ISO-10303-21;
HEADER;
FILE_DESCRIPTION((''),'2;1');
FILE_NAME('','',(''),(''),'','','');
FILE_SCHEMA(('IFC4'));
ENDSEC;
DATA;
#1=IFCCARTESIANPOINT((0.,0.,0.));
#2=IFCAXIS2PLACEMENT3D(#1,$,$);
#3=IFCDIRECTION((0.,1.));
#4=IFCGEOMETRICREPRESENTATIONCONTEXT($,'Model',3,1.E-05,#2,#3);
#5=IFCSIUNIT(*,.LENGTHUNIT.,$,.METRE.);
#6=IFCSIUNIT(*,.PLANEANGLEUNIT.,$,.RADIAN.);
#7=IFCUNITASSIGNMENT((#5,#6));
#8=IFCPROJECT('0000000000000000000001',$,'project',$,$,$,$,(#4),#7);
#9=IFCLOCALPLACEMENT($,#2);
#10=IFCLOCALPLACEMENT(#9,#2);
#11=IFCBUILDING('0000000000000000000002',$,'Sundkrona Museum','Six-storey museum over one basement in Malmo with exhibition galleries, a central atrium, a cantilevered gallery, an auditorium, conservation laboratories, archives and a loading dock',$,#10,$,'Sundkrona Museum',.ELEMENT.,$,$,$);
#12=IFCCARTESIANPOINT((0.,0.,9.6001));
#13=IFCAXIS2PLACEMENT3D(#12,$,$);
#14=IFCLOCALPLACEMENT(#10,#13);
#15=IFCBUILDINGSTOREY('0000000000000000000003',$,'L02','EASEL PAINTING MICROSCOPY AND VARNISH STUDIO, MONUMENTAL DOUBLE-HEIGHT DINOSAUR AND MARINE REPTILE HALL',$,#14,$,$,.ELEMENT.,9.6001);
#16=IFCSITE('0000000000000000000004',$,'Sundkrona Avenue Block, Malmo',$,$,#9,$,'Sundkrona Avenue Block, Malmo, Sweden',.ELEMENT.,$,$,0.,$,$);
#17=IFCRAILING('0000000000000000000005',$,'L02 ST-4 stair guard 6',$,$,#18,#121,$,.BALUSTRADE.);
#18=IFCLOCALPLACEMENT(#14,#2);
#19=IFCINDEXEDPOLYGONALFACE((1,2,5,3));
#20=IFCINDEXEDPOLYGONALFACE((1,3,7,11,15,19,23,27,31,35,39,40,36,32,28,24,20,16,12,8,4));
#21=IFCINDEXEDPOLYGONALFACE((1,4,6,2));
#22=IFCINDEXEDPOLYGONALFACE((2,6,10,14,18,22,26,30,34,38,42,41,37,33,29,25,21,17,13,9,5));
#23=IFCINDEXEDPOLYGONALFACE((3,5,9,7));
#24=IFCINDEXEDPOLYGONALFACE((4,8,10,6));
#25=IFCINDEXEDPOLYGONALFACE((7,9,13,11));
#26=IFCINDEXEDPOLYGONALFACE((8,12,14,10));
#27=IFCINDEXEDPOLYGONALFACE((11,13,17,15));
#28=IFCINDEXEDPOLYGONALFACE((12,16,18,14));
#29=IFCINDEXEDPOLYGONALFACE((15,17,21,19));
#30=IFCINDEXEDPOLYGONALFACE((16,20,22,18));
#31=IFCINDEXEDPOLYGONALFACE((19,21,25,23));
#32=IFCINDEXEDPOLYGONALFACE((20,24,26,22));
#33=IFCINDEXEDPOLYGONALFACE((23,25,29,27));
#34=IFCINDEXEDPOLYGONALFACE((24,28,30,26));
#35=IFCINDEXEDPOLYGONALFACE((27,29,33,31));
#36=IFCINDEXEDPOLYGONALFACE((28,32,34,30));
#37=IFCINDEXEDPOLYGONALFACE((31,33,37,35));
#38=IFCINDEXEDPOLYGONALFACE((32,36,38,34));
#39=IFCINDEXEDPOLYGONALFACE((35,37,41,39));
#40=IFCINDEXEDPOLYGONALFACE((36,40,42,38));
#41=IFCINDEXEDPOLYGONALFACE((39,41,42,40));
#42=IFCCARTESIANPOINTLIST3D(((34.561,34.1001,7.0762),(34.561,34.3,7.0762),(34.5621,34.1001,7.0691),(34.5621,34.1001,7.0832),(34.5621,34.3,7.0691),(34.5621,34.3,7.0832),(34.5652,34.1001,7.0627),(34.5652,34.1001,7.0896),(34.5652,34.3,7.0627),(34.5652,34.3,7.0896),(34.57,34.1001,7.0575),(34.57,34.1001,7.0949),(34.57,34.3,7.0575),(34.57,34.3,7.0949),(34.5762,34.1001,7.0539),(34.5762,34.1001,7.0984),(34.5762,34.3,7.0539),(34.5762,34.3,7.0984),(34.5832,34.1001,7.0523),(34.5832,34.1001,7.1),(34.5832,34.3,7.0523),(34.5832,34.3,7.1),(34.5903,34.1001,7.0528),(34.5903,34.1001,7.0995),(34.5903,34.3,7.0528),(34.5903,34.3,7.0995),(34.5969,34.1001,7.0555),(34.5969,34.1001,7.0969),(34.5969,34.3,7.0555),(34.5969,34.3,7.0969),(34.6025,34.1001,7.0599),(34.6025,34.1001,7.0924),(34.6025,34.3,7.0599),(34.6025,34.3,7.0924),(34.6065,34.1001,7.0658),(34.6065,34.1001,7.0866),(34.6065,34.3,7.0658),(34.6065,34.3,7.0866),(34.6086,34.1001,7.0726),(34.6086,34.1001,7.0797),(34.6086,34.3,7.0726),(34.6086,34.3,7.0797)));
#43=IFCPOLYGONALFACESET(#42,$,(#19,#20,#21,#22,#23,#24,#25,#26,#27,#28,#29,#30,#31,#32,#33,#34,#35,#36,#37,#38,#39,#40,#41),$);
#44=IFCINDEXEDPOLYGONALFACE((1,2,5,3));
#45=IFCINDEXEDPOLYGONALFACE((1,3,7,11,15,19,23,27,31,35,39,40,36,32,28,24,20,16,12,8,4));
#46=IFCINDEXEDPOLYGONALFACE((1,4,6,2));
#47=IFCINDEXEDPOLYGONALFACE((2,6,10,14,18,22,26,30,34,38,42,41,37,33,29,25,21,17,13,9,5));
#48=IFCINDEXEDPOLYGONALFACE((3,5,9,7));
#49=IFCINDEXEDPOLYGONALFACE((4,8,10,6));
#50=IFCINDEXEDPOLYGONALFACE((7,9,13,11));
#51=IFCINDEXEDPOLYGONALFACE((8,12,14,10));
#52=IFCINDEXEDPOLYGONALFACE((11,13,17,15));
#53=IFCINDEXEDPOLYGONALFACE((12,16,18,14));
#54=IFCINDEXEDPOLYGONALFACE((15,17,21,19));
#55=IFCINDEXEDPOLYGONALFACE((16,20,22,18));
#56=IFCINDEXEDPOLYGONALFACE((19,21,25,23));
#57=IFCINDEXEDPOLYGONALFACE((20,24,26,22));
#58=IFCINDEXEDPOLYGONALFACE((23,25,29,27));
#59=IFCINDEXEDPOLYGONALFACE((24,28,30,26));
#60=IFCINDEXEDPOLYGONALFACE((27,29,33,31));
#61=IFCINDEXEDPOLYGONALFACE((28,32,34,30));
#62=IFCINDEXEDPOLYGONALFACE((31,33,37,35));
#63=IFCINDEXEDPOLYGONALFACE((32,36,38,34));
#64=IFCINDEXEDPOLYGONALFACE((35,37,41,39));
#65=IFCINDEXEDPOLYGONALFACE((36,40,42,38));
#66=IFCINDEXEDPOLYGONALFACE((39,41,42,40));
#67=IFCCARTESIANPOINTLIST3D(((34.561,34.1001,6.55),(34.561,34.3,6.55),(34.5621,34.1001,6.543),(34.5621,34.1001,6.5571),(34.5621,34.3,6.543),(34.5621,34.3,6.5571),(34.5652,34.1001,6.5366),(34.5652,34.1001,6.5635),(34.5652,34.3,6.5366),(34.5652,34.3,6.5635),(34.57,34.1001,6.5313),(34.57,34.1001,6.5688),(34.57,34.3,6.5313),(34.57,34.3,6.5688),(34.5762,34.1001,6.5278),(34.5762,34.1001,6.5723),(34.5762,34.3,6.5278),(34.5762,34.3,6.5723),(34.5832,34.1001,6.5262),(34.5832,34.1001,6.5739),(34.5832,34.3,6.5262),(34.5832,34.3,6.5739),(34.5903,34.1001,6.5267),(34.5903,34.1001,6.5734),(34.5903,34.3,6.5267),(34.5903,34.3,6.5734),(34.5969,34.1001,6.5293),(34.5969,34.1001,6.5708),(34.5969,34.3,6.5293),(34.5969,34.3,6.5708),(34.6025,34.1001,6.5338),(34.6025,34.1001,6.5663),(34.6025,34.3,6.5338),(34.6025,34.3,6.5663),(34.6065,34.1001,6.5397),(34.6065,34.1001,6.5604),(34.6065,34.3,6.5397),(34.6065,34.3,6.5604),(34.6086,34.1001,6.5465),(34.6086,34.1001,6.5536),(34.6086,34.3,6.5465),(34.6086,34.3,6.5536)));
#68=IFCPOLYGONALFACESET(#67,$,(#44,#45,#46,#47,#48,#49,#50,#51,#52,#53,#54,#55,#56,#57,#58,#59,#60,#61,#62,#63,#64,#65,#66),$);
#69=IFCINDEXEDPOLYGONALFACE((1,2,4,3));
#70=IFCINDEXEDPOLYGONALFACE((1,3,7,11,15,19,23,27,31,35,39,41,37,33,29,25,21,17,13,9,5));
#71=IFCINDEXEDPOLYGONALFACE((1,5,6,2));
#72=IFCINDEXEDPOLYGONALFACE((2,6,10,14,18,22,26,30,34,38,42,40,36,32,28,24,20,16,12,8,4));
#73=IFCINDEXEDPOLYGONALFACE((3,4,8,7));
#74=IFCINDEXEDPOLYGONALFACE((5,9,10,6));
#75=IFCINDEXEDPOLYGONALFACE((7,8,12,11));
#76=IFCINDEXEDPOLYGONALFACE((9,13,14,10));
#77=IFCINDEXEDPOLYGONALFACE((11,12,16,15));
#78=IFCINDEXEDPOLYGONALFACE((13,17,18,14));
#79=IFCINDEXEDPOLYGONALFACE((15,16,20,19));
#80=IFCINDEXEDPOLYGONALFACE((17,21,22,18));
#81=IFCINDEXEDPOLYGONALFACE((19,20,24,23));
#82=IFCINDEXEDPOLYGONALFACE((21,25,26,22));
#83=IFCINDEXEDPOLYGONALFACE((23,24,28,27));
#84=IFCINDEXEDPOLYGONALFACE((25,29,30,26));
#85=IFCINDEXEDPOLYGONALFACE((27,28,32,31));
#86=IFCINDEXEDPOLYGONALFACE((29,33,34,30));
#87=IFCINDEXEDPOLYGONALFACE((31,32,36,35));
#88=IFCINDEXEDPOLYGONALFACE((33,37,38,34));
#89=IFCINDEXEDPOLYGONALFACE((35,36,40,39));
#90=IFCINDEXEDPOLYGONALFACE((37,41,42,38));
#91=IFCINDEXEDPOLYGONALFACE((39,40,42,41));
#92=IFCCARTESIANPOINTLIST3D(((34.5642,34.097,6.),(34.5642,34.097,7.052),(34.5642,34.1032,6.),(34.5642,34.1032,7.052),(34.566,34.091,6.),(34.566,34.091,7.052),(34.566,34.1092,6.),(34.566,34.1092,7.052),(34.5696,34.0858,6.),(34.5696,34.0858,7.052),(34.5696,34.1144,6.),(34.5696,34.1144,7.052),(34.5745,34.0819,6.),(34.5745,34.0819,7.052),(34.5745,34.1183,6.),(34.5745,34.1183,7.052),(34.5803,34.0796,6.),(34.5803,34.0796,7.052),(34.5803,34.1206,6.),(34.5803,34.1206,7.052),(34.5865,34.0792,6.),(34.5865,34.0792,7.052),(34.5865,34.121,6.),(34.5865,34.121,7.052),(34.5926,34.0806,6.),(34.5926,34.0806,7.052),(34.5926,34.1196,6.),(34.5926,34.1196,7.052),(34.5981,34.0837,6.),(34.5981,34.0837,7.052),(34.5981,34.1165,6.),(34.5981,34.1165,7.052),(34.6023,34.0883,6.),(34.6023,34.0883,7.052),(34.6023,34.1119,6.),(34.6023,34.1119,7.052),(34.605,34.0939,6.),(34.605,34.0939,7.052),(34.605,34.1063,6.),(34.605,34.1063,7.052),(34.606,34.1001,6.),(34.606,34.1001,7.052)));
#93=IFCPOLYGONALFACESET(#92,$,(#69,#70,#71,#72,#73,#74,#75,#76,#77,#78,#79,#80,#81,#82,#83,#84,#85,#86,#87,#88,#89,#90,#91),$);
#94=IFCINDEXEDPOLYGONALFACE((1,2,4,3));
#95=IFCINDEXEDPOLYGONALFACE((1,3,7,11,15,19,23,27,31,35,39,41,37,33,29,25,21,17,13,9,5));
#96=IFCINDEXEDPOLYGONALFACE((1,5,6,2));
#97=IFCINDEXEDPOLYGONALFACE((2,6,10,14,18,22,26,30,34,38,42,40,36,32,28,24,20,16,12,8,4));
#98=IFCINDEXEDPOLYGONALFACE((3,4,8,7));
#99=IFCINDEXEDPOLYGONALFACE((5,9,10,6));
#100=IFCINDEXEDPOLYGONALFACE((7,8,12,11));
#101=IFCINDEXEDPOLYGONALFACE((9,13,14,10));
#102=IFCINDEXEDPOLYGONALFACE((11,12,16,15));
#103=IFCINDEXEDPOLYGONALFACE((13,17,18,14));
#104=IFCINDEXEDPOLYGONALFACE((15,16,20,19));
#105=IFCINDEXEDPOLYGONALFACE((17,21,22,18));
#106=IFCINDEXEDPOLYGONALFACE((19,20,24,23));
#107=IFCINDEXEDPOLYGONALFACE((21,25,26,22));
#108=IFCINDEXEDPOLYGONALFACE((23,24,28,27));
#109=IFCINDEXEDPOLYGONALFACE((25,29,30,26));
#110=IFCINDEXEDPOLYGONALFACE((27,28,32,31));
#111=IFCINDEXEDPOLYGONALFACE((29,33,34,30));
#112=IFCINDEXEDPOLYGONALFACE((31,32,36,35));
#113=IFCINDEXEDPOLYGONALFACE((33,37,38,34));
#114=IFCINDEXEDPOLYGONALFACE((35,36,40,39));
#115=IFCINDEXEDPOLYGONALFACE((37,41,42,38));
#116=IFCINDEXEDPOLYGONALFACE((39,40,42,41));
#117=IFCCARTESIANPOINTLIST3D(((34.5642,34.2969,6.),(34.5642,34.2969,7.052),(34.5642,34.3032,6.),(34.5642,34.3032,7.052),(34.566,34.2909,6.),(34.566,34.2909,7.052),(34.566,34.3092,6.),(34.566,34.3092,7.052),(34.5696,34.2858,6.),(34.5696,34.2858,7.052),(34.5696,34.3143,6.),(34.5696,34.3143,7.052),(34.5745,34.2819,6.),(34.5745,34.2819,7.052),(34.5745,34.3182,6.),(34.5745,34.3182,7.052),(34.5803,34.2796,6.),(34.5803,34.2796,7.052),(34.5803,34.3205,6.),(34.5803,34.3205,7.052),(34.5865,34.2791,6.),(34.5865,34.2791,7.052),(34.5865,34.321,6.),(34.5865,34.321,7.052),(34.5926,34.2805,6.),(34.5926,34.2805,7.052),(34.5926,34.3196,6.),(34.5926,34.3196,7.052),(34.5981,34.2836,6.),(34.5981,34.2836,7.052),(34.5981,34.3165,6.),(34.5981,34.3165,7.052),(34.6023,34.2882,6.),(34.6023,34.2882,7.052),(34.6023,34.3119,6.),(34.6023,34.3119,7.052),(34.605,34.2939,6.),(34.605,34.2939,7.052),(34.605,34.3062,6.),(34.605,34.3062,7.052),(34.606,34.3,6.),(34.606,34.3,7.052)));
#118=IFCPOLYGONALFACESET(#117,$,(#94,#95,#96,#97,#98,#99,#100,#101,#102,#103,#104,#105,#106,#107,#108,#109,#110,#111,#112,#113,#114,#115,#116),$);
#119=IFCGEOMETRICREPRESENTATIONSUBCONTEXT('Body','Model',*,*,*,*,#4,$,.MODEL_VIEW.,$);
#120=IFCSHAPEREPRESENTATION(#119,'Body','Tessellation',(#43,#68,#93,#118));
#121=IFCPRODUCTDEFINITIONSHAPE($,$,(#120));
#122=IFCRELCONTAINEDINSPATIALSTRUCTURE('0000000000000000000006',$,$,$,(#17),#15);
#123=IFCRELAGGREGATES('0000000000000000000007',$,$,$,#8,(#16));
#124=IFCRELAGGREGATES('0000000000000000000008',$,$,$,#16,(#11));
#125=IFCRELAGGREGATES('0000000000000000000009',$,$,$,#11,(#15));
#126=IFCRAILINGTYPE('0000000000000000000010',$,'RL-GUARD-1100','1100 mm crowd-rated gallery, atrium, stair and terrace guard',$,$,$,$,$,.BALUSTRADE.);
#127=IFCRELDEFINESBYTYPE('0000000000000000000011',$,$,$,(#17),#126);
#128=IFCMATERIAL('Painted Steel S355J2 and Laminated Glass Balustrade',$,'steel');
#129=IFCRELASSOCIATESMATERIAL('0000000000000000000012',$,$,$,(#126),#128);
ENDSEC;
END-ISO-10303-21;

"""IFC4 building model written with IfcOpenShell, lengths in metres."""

from ifc_helpers import new_model, si_unit, direction, frame, origin, origin_2d, place, context, subcontext, project, spatial, circle, extrude, material, type_object, element, save


model = new_model("IFC4")

# Units and contexts
model_context = context("Model", 3, precision=1e-05, world=origin(), true_north=direction((0.0, 1.0)))
body_context = subcontext(model_context, "Body", "Model", "MODEL_VIEW")
ifc_project = project(units=[si_unit("LENGTHUNIT", "METRE"), si_unit("PLANEANGLEUNIT", "RADIAN")], contexts=[model_context])

# Site, building, storey
site_placement = place(None, origin())
site = spatial("IfcSite", under=ifc_project, at=site_placement, Name="Sundkrona Avenue Block, Malmo", LongName="Sundkrona Avenue Block, Malmo, Sweden", CompositionType="ELEMENT", RefElevation=0.0)
building_placement = place(site_placement, origin())
building = spatial("IfcBuilding", under=site, at=building_placement, Name="Sundkrona Museum", Description="Six-storey museum over one basement in Malmo with exhibition galleries, a central atrium, a cantilevered gallery, an auditorium, conservation laboratories, archives and a loading dock", LongName="Sundkrona Museum", CompositionType="ELEMENT")
storey_placement = place(building_placement, frame((0.0, 0.0, 9.6001)))
storey = spatial("IfcBuildingStorey", under=building, at=storey_placement, Name="L02", Description="EASEL PAINTING MICROSCOPY AND VARNISH STUDIO, MONUMENTAL DOUBLE-HEIGHT DINOSAUR AND MARINE REPTILE HALL", CompositionType="ELEMENT", Elevation=9.6001)

# Railing
ifc_material_1 = material(Name="Painted Steel S355J2 and Laminated Glass Balustrade", Category="steel")
railing_type_1 = type_object("IfcRailingType", Name="RL-GUARD-1100", Description="1100 mm crowd-rated gallery, atrium, stair and terrace guard", PredefinedType="BALUSTRADE", material=ifc_material_1)
railing_1_placement = place(storey_placement, frame((34.585, 34.1001, 6.0)))
element("IfcRailing", 1, at=railing_1_placement, inside=storey, type_object=railing_type_1, Name="L02 ST-4 stair guard 6", PredefinedType="BALUSTRADE", context=body_context, shape_type="SweptSolid", body=[
    extrude(circle(Radius=0.0239, at=origin_2d()), frame((0.0, 0.0, 1.0762), z_axis=(0.0, 1.0, 0.0), x_axis=(-1.0, 0.0, 0.0)), (0.0, 0.0, 1.0), 0.2),
    extrude(circle(Radius=0.0239, at=origin_2d()), frame((0.0, 0.0, 0.55), z_axis=(0.0, 1.0, 0.0), x_axis=(-1.0, 0.0, 0.0)), (0.0, 0.0, 1.0), 0.2),
    extrude(circle(Radius=0.021, at=origin_2d()), origin(), (0.0, 0.0, 1.0), 1.052),
    extrude(circle(Radius=0.021, at=origin_2d()), frame((0.0, 0.2, 0.0)), (0.0, 0.0, 1.0), 1.052),
])

save(model, "model.ifc")
